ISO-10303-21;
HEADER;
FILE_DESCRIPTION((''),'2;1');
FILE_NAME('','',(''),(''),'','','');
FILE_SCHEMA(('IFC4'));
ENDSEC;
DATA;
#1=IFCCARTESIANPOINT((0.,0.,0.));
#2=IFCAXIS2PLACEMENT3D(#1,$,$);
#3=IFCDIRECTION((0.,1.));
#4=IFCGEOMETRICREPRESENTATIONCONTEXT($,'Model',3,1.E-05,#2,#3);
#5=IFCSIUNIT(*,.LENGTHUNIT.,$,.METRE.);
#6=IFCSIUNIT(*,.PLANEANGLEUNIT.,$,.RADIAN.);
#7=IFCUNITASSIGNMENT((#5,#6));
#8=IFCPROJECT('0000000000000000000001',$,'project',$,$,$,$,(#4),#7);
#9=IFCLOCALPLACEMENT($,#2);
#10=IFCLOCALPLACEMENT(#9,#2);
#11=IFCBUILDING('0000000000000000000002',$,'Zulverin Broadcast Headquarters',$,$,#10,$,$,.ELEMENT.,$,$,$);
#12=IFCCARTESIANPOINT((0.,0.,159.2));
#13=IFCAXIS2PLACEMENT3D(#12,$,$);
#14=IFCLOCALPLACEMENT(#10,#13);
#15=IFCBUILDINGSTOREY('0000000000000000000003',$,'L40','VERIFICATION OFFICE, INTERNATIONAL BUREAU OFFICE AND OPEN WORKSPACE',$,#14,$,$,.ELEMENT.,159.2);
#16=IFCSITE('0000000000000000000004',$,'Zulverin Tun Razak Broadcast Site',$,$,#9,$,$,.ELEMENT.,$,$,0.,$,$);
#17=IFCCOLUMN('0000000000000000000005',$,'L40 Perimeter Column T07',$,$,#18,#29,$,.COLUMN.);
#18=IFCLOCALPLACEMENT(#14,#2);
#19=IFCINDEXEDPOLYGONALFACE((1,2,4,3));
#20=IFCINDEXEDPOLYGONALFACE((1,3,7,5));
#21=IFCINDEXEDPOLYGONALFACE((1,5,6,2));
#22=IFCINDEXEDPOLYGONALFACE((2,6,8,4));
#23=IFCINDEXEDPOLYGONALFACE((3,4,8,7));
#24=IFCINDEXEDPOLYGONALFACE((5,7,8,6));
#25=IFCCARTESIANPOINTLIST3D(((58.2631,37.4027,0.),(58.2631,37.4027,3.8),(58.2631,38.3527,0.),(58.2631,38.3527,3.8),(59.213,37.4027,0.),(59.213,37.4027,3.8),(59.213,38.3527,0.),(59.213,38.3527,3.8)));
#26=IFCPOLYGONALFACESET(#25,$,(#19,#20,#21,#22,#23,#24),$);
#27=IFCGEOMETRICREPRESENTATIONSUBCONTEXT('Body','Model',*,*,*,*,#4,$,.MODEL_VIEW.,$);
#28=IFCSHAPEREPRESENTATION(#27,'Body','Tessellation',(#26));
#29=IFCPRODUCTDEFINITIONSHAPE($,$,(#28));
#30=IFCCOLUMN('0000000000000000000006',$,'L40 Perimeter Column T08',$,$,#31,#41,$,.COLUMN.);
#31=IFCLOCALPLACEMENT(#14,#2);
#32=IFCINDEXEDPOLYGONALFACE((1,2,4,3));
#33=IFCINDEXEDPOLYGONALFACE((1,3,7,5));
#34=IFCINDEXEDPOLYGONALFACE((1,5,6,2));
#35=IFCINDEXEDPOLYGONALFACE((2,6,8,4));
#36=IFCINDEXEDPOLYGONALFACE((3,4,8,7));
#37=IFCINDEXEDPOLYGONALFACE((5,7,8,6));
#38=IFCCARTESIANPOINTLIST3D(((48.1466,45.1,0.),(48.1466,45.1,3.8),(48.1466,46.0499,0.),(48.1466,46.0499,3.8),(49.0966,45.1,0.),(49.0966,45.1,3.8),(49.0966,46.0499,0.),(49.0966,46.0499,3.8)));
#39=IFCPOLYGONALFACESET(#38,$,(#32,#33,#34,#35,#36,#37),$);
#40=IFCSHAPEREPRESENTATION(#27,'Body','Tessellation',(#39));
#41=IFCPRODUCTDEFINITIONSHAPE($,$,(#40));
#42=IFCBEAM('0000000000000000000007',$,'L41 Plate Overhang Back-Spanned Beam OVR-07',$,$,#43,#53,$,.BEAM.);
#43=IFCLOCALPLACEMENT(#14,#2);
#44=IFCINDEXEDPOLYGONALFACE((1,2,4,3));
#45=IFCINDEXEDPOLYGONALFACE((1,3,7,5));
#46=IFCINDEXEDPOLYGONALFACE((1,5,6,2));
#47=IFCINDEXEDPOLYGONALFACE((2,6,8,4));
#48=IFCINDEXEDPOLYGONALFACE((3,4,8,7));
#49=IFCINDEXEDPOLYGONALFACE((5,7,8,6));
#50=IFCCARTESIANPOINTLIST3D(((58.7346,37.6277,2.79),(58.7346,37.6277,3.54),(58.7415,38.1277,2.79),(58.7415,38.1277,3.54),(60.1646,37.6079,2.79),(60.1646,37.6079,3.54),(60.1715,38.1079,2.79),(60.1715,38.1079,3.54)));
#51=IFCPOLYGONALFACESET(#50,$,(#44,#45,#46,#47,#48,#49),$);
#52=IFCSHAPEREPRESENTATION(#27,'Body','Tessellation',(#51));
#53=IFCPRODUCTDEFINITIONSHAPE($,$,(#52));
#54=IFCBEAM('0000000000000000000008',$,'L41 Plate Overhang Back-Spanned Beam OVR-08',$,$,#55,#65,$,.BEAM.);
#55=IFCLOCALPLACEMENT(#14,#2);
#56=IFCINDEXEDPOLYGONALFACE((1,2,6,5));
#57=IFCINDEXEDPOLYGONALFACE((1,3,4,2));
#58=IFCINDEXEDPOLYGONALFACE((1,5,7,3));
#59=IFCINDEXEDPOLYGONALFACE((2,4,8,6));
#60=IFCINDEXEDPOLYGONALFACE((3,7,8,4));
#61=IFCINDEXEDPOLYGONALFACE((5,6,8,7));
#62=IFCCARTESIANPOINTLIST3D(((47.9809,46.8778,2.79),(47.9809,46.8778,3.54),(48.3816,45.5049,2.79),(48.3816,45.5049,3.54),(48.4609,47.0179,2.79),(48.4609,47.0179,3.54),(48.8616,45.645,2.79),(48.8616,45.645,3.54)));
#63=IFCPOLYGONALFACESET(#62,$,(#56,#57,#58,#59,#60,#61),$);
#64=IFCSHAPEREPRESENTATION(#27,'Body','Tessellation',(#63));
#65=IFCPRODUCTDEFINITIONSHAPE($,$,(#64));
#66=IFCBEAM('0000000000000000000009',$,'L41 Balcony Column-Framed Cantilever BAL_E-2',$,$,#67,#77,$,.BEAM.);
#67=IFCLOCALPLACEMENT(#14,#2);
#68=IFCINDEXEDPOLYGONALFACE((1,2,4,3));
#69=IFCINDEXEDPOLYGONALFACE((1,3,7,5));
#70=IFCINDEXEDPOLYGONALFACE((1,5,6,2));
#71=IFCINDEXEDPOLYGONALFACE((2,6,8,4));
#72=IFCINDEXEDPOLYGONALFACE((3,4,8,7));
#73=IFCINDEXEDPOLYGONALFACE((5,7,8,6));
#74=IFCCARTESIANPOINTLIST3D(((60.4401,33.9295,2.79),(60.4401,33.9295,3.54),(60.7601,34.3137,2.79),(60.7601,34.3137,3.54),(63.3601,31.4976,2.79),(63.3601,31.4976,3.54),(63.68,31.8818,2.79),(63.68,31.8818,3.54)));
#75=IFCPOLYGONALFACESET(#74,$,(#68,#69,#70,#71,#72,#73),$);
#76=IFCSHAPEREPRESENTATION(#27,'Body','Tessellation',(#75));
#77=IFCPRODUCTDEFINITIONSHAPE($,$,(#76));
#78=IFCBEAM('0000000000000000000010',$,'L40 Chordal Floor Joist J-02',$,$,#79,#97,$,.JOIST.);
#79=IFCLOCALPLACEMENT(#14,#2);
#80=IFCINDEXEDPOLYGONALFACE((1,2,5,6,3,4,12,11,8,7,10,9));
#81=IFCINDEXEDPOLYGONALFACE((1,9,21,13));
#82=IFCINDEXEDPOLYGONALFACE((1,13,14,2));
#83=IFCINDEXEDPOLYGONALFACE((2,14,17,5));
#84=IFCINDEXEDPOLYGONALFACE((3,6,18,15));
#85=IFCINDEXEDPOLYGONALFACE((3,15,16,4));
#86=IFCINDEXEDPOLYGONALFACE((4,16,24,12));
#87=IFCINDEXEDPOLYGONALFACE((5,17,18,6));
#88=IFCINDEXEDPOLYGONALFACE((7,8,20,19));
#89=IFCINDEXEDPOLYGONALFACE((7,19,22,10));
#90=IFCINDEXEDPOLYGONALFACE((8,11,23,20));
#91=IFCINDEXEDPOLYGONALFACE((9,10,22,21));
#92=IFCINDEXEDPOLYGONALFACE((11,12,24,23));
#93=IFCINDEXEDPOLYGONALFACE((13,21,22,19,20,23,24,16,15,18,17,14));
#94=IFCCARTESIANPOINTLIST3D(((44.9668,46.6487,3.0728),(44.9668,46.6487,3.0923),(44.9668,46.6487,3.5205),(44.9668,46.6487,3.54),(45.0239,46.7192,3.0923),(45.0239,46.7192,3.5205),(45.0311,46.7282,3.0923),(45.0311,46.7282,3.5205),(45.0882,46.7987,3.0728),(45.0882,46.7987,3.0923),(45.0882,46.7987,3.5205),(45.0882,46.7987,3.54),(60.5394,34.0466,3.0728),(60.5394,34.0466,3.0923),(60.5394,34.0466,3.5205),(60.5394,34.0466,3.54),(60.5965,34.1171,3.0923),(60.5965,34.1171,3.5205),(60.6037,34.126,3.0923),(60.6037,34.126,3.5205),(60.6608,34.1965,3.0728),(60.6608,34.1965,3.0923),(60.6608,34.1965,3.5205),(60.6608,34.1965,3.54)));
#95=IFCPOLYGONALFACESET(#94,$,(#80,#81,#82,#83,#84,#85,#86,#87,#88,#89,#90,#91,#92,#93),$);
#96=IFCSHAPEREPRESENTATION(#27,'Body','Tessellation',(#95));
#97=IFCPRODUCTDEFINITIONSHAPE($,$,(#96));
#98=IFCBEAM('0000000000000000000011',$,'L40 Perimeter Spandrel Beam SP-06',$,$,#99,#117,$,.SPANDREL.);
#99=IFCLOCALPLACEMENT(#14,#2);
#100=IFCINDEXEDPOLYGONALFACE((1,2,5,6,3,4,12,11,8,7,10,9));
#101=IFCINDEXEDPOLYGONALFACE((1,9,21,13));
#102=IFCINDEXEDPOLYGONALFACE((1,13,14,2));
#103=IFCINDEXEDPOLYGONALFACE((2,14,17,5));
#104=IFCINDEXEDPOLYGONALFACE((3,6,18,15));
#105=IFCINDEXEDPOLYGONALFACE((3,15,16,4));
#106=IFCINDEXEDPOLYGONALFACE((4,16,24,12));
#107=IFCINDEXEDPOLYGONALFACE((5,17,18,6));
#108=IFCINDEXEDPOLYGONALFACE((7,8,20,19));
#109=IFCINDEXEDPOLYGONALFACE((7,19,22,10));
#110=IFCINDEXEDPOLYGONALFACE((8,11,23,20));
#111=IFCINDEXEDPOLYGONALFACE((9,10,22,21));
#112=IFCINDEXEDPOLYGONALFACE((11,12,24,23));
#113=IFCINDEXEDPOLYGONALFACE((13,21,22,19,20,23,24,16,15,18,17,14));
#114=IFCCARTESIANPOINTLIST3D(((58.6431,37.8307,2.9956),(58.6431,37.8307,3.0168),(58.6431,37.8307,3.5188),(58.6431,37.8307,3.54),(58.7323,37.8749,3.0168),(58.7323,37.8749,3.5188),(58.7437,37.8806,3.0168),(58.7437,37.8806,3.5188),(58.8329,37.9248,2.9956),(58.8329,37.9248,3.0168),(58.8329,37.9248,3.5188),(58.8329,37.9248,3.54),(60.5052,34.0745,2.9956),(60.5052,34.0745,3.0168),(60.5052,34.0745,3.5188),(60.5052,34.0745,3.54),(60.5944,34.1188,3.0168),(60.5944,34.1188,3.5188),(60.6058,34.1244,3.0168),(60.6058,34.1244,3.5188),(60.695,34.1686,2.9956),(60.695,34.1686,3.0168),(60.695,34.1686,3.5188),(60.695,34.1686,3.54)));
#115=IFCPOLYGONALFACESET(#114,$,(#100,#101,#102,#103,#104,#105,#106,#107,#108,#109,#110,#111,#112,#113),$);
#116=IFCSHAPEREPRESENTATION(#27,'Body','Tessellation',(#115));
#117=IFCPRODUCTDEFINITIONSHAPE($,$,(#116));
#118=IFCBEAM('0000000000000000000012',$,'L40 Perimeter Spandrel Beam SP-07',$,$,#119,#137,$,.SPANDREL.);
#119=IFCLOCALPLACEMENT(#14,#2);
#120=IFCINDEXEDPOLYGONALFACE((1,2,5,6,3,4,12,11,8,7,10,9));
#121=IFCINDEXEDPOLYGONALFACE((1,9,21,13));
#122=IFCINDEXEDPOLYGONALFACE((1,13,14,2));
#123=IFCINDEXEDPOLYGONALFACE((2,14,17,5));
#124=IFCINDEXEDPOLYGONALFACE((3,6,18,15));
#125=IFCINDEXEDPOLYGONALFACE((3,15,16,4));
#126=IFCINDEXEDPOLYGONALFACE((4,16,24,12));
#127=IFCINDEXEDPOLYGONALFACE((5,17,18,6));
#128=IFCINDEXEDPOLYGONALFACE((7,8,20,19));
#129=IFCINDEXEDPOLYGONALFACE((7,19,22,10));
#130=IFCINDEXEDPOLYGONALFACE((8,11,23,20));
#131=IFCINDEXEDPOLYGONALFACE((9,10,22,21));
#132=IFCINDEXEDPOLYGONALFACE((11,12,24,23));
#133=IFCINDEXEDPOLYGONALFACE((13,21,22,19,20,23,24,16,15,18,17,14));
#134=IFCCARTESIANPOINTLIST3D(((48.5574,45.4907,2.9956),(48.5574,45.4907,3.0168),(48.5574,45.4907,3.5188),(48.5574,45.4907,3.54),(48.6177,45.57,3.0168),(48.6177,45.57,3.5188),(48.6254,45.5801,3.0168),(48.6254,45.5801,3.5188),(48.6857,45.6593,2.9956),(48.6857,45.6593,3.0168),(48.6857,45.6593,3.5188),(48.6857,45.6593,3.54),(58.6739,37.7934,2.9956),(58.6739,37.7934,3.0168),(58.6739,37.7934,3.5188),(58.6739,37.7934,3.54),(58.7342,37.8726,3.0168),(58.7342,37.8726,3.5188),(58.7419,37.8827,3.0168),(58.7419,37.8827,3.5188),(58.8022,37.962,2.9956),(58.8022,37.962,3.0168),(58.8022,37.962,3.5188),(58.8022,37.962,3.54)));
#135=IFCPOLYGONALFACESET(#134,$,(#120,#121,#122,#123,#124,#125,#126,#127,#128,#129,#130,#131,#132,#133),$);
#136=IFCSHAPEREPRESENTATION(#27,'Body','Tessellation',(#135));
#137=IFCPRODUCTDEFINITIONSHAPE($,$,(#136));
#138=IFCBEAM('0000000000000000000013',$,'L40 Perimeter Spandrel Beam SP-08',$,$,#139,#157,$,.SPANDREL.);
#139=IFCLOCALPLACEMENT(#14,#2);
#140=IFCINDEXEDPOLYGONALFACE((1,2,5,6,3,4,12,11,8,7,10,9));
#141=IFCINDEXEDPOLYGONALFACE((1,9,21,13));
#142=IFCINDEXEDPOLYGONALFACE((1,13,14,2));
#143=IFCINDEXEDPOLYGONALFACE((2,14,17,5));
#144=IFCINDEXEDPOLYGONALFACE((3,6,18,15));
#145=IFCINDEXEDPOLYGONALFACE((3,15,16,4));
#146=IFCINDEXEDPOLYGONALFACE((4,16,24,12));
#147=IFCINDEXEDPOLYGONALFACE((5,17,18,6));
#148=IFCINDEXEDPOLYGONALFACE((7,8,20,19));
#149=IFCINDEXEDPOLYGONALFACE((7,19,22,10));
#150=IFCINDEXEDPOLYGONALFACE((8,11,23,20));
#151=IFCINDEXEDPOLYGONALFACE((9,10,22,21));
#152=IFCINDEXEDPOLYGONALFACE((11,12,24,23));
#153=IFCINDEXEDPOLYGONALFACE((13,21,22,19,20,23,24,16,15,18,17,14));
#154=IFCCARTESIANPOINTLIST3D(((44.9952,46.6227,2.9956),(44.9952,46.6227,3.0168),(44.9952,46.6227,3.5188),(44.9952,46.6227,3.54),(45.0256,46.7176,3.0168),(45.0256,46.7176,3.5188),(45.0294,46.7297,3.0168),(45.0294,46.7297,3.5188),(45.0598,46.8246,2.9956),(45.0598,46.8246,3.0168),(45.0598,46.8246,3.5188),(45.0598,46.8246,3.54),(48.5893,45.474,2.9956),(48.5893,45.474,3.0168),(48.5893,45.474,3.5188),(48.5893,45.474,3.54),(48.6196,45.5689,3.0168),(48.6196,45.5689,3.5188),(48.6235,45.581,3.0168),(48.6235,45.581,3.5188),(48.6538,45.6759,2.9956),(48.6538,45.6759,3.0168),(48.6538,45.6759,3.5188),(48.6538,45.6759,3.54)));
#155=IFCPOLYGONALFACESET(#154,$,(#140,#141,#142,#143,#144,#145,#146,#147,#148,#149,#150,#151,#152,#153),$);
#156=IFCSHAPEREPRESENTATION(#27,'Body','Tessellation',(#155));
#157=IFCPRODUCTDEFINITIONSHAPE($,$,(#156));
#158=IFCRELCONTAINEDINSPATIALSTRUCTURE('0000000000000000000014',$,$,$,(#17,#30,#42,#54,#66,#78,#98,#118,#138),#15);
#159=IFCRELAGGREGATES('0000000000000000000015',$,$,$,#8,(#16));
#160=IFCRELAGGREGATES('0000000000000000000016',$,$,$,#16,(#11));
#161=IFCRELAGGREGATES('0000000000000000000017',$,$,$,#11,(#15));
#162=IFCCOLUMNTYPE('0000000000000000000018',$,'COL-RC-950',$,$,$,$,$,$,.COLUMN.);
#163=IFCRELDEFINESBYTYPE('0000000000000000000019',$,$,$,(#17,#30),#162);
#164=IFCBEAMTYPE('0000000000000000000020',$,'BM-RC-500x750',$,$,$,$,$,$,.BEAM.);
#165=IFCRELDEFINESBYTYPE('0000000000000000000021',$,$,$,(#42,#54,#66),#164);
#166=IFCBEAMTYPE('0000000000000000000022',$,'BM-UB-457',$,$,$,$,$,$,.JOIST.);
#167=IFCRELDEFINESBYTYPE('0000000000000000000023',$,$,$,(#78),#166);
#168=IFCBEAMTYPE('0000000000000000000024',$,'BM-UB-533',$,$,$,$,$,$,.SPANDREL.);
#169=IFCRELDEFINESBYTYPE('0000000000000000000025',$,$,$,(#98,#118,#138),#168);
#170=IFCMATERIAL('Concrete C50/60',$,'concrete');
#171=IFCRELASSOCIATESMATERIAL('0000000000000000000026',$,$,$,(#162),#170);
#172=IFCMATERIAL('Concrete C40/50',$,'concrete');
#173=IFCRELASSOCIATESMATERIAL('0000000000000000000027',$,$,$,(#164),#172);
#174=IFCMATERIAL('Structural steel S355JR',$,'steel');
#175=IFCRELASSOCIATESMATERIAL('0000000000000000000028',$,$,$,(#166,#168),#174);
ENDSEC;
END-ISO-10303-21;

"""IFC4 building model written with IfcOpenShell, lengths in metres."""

from ifc_helpers import new_model, si_unit, direction, frame, origin, origin_2d, place, context, subcontext, project, spatial, rectangle, i_section, extrude, material, material_profile, profile_set, type_object, element, save


model = new_model("IFC4")

# Units and contexts
model_context = context("Model", 3, precision=1e-05, world=origin(), true_north=direction((0.0, 1.0)))
body_context = subcontext(model_context, "Body", "Model", "MODEL_VIEW")
ifc_project = project(units=[si_unit("LENGTHUNIT", "METRE"), si_unit("PLANEANGLEUNIT", "RADIAN")], contexts=[model_context])

# Site, building, storey
site_placement = place(None, origin())
site = spatial("IfcSite", under=ifc_project, at=site_placement, Name="Zulverin Tun Razak Broadcast Site", CompositionType="ELEMENT", RefElevation=0.0)
building_placement = place(site_placement, origin())
building = spatial("IfcBuilding", under=site, at=building_placement, Name="Zulverin Broadcast Headquarters", CompositionType="ELEMENT")
storey_placement = place(building_placement, frame((0.0, 0.0, 159.2)))
storey = spatial("IfcBuildingStorey", under=building, at=storey_placement, Name="L40", Description="VERIFICATION OFFICE, INTERNATIONAL BUREAU OFFICE AND OPEN WORKSPACE", CompositionType="ELEMENT", Elevation=159.2)

# Columns
ifc_material_1 = material(Name="Concrete C50/60", Category="concrete")
ifc_material_profile_1 = material_profile(ifc_material_1, rectangle(XDim=0.95, YDim=0.95, at=origin_2d()), Name="Concrete C50/60", Category="concrete")
ifc_profile_set_1 = profile_set([ifc_material_profile_1], Name="Concrete C50/60")
column_type = type_object("IfcColumnType", Name="COL-RC-950", PredefinedType="COLUMN", material=ifc_profile_set_1)
for number, where, z_axis, x_axis, name in (
    (1, (58.738, 37.8777, 0.0), (0.0, 0.0, 1.0), (1.0, 0.0, 0.0), "L40 Perimeter Column T07"),
    (2, (48.6216, 45.575, 0.0), (0.0, 0.0, 1.0), (1.0, 0.0, 0.0), "L40 Perimeter Column T08"),
):
    element("IfcColumn", number, at=place(storey_placement, frame(where, z_axis=z_axis, x_axis=x_axis)), inside=storey, type_object=column_type, Name=name, PredefinedType="COLUMN", context=body_context, shape_type="SweptSolid", body=[
        extrude(rectangle(XDim=0.95, YDim=0.95, at=origin_2d()), origin(), (0.0, 0.0, 1.0), 3.8),
    ])

# Beams
ifc_material_2 = material(Name="Concrete C40/50", Category="concrete")
ifc_material_profile_2 = material_profile(ifc_material_2, rectangle(XDim=0.5, YDim=0.75, at=origin_2d()), Name="Concrete C40/50", Category="concrete")
ifc_profile_set_2 = profile_set([ifc_material_profile_2], Name="Concrete C40/50")
beam_type_1 = type_object("IfcBeamType", Name="BM-RC-500x750", PredefinedType="BEAM", material=ifc_profile_set_2)
for number, where, z_axis, x_axis, name in (
    (3, (58.738, 37.8777, 3.165), (0.999904, -0.013828, 0.0), (0.013828, 0.999904, 0.0), "L41 Plate Overhang Back-Spanned Beam OVR-07"),
    (4, (48.6216, 45.575, 3.165), (-0.280151, 0.959956, 0.0), (-0.959956, -0.280151, 0.0), "L41 Plate Overhang Back-Spanned Beam OVR-08"),
):
    element("IfcBeam", number, at=place(storey_placement, frame(where, z_axis=z_axis, x_axis=x_axis)), inside=storey, type_object=beam_type_1, Name=name, PredefinedType="BEAM", context=body_context, shape_type="SweptSolid", body=[
        extrude(rectangle(XDim=0.5, YDim=0.75, at=origin_2d()), origin(), (0.0, 0.0, 1.0), 1.4302),
    ])
beam_1_placement = place(storey_placement, frame((60.6001, 34.1216, 3.165), z_axis=(0.7684, -0.63997, 0.0), x_axis=(0.63997, 0.7684, 0.0)))
element("IfcBeam", 5, at=beam_1_placement, inside=storey, type_object=beam_type_1, Name="L41 Balcony Column-Framed Cantilever BAL_E-2", PredefinedType="BEAM", context=body_context, shape_type="SweptSolid", body=[
    extrude(rectangle(XDim=0.5, YDim=0.75, at=origin_2d()), origin(), (0.0, 0.0, 1.0), 3.8),
])
ifc_material_3 = material(Name="Structural steel S355JR", Category="steel")
ifc_material_profile_3 = material_profile(ifc_material_3, i_section(OverallWidth=0.1929, OverallDepth=0.4673, WebThickness=0.0115, FlangeThickness=0.0195, at=origin_2d()), Name="Structural steel S355JR", Category="steel")
ifc_profile_set_3 = profile_set([ifc_material_profile_3], Name="Structural steel S355JR")
beam_type_2 = type_object("IfcBeamType", Name="BM-UB-457", PredefinedType="JOIST", material=ifc_profile_set_3)
beam_2_placement = place(storey_placement, frame((60.6001, 34.1216, 3.3064), z_axis=(-0.777349, 0.62907, 0.0), x_axis=(-0.62907, -0.777349, 0.0)))
element("IfcBeam", 6, at=beam_2_placement, inside=storey, type_object=beam_type_2, Name="L40 Chordal Floor Joist J-02", PredefinedType="JOIST", context=body_context, shape_type="SweptSolid", body=[
    extrude(i_section(OverallWidth=0.1929, OverallDepth=0.4673, WebThickness=0.0115, FlangeThickness=0.0195, at=origin_2d()), origin(), (0.0, 0.0, 1.0), 20.033),
])
ifc_material_profile_4 = material_profile(ifc_material_3, i_section(OverallWidth=0.2119, OverallDepth=0.5444, WebThickness=0.0127, FlangeThickness=0.0212, at=origin_2d()), Name="Structural steel S355JR", Category="steel")
ifc_profile_set_4 = profile_set([ifc_material_profile_4], Name="Structural steel S355JR")
beam_type_3 = type_object("IfcBeamType", Name="BM-UB-533", PredefinedType="SPANDREL", material=ifc_profile_set_4)
beam_3_placement = place(storey_placement, frame((60.6001, 34.1216, 3.2678), z_axis=(-0.444159, 0.895948, 0.0), x_axis=(-0.895948, -0.444159, 0.0)))
element("IfcBeam", 7, at=beam_3_placement, inside=storey, type_object=beam_type_3, Name="L40 Perimeter Spandrel Beam SP-06", PredefinedType="SPANDREL", context=body_context, shape_type="SweptSolid", body=[
    extrude(i_section(OverallWidth=0.2119, OverallDepth=0.5444, WebThickness=0.0127, FlangeThickness=0.0212, at=origin_2d()), origin(), (0.0, 0.0, 1.0), 4.1924),
])
beam_4_placement = place(storey_placement, frame((58.738, 37.8777, 3.2678), z_axis=(-0.79583, 0.60552, 0.0), x_axis=(-0.60552, -0.79583, 0.0)))
element("IfcBeam", 8, at=beam_4_placement, inside=storey, type_object=beam_type_3, Name="L40 Perimeter Spandrel Beam SP-07", PredefinedType="SPANDREL", context=body_context, shape_type="SweptSolid", body=[
    extrude(i_section(OverallWidth=0.2119, OverallDepth=0.5444, WebThickness=0.0127, FlangeThickness=0.0212, at=origin_2d()), origin(), (0.0, 0.0, 1.0), 12.7119),
])
beam_5_placement = place(storey_placement, frame((48.6216, 45.575, 3.2678), z_axis=(-0.952532, 0.30444, 0.0), x_axis=(-0.30444, -0.952532, 0.0)))
element("IfcBeam", 9, at=beam_5_placement, inside=storey, type_object=beam_type_3, Name="L40 Perimeter Spandrel Beam SP-08", PredefinedType="SPANDREL", context=body_context, shape_type="SweptSolid", body=[
    extrude(i_section(OverallWidth=0.2119, OverallDepth=0.5444, WebThickness=0.0127, FlangeThickness=0.0212, at=origin_2d()), origin(), (0.0, 0.0, 1.0), 3.7732),
])

save(model, "model.ifc")
